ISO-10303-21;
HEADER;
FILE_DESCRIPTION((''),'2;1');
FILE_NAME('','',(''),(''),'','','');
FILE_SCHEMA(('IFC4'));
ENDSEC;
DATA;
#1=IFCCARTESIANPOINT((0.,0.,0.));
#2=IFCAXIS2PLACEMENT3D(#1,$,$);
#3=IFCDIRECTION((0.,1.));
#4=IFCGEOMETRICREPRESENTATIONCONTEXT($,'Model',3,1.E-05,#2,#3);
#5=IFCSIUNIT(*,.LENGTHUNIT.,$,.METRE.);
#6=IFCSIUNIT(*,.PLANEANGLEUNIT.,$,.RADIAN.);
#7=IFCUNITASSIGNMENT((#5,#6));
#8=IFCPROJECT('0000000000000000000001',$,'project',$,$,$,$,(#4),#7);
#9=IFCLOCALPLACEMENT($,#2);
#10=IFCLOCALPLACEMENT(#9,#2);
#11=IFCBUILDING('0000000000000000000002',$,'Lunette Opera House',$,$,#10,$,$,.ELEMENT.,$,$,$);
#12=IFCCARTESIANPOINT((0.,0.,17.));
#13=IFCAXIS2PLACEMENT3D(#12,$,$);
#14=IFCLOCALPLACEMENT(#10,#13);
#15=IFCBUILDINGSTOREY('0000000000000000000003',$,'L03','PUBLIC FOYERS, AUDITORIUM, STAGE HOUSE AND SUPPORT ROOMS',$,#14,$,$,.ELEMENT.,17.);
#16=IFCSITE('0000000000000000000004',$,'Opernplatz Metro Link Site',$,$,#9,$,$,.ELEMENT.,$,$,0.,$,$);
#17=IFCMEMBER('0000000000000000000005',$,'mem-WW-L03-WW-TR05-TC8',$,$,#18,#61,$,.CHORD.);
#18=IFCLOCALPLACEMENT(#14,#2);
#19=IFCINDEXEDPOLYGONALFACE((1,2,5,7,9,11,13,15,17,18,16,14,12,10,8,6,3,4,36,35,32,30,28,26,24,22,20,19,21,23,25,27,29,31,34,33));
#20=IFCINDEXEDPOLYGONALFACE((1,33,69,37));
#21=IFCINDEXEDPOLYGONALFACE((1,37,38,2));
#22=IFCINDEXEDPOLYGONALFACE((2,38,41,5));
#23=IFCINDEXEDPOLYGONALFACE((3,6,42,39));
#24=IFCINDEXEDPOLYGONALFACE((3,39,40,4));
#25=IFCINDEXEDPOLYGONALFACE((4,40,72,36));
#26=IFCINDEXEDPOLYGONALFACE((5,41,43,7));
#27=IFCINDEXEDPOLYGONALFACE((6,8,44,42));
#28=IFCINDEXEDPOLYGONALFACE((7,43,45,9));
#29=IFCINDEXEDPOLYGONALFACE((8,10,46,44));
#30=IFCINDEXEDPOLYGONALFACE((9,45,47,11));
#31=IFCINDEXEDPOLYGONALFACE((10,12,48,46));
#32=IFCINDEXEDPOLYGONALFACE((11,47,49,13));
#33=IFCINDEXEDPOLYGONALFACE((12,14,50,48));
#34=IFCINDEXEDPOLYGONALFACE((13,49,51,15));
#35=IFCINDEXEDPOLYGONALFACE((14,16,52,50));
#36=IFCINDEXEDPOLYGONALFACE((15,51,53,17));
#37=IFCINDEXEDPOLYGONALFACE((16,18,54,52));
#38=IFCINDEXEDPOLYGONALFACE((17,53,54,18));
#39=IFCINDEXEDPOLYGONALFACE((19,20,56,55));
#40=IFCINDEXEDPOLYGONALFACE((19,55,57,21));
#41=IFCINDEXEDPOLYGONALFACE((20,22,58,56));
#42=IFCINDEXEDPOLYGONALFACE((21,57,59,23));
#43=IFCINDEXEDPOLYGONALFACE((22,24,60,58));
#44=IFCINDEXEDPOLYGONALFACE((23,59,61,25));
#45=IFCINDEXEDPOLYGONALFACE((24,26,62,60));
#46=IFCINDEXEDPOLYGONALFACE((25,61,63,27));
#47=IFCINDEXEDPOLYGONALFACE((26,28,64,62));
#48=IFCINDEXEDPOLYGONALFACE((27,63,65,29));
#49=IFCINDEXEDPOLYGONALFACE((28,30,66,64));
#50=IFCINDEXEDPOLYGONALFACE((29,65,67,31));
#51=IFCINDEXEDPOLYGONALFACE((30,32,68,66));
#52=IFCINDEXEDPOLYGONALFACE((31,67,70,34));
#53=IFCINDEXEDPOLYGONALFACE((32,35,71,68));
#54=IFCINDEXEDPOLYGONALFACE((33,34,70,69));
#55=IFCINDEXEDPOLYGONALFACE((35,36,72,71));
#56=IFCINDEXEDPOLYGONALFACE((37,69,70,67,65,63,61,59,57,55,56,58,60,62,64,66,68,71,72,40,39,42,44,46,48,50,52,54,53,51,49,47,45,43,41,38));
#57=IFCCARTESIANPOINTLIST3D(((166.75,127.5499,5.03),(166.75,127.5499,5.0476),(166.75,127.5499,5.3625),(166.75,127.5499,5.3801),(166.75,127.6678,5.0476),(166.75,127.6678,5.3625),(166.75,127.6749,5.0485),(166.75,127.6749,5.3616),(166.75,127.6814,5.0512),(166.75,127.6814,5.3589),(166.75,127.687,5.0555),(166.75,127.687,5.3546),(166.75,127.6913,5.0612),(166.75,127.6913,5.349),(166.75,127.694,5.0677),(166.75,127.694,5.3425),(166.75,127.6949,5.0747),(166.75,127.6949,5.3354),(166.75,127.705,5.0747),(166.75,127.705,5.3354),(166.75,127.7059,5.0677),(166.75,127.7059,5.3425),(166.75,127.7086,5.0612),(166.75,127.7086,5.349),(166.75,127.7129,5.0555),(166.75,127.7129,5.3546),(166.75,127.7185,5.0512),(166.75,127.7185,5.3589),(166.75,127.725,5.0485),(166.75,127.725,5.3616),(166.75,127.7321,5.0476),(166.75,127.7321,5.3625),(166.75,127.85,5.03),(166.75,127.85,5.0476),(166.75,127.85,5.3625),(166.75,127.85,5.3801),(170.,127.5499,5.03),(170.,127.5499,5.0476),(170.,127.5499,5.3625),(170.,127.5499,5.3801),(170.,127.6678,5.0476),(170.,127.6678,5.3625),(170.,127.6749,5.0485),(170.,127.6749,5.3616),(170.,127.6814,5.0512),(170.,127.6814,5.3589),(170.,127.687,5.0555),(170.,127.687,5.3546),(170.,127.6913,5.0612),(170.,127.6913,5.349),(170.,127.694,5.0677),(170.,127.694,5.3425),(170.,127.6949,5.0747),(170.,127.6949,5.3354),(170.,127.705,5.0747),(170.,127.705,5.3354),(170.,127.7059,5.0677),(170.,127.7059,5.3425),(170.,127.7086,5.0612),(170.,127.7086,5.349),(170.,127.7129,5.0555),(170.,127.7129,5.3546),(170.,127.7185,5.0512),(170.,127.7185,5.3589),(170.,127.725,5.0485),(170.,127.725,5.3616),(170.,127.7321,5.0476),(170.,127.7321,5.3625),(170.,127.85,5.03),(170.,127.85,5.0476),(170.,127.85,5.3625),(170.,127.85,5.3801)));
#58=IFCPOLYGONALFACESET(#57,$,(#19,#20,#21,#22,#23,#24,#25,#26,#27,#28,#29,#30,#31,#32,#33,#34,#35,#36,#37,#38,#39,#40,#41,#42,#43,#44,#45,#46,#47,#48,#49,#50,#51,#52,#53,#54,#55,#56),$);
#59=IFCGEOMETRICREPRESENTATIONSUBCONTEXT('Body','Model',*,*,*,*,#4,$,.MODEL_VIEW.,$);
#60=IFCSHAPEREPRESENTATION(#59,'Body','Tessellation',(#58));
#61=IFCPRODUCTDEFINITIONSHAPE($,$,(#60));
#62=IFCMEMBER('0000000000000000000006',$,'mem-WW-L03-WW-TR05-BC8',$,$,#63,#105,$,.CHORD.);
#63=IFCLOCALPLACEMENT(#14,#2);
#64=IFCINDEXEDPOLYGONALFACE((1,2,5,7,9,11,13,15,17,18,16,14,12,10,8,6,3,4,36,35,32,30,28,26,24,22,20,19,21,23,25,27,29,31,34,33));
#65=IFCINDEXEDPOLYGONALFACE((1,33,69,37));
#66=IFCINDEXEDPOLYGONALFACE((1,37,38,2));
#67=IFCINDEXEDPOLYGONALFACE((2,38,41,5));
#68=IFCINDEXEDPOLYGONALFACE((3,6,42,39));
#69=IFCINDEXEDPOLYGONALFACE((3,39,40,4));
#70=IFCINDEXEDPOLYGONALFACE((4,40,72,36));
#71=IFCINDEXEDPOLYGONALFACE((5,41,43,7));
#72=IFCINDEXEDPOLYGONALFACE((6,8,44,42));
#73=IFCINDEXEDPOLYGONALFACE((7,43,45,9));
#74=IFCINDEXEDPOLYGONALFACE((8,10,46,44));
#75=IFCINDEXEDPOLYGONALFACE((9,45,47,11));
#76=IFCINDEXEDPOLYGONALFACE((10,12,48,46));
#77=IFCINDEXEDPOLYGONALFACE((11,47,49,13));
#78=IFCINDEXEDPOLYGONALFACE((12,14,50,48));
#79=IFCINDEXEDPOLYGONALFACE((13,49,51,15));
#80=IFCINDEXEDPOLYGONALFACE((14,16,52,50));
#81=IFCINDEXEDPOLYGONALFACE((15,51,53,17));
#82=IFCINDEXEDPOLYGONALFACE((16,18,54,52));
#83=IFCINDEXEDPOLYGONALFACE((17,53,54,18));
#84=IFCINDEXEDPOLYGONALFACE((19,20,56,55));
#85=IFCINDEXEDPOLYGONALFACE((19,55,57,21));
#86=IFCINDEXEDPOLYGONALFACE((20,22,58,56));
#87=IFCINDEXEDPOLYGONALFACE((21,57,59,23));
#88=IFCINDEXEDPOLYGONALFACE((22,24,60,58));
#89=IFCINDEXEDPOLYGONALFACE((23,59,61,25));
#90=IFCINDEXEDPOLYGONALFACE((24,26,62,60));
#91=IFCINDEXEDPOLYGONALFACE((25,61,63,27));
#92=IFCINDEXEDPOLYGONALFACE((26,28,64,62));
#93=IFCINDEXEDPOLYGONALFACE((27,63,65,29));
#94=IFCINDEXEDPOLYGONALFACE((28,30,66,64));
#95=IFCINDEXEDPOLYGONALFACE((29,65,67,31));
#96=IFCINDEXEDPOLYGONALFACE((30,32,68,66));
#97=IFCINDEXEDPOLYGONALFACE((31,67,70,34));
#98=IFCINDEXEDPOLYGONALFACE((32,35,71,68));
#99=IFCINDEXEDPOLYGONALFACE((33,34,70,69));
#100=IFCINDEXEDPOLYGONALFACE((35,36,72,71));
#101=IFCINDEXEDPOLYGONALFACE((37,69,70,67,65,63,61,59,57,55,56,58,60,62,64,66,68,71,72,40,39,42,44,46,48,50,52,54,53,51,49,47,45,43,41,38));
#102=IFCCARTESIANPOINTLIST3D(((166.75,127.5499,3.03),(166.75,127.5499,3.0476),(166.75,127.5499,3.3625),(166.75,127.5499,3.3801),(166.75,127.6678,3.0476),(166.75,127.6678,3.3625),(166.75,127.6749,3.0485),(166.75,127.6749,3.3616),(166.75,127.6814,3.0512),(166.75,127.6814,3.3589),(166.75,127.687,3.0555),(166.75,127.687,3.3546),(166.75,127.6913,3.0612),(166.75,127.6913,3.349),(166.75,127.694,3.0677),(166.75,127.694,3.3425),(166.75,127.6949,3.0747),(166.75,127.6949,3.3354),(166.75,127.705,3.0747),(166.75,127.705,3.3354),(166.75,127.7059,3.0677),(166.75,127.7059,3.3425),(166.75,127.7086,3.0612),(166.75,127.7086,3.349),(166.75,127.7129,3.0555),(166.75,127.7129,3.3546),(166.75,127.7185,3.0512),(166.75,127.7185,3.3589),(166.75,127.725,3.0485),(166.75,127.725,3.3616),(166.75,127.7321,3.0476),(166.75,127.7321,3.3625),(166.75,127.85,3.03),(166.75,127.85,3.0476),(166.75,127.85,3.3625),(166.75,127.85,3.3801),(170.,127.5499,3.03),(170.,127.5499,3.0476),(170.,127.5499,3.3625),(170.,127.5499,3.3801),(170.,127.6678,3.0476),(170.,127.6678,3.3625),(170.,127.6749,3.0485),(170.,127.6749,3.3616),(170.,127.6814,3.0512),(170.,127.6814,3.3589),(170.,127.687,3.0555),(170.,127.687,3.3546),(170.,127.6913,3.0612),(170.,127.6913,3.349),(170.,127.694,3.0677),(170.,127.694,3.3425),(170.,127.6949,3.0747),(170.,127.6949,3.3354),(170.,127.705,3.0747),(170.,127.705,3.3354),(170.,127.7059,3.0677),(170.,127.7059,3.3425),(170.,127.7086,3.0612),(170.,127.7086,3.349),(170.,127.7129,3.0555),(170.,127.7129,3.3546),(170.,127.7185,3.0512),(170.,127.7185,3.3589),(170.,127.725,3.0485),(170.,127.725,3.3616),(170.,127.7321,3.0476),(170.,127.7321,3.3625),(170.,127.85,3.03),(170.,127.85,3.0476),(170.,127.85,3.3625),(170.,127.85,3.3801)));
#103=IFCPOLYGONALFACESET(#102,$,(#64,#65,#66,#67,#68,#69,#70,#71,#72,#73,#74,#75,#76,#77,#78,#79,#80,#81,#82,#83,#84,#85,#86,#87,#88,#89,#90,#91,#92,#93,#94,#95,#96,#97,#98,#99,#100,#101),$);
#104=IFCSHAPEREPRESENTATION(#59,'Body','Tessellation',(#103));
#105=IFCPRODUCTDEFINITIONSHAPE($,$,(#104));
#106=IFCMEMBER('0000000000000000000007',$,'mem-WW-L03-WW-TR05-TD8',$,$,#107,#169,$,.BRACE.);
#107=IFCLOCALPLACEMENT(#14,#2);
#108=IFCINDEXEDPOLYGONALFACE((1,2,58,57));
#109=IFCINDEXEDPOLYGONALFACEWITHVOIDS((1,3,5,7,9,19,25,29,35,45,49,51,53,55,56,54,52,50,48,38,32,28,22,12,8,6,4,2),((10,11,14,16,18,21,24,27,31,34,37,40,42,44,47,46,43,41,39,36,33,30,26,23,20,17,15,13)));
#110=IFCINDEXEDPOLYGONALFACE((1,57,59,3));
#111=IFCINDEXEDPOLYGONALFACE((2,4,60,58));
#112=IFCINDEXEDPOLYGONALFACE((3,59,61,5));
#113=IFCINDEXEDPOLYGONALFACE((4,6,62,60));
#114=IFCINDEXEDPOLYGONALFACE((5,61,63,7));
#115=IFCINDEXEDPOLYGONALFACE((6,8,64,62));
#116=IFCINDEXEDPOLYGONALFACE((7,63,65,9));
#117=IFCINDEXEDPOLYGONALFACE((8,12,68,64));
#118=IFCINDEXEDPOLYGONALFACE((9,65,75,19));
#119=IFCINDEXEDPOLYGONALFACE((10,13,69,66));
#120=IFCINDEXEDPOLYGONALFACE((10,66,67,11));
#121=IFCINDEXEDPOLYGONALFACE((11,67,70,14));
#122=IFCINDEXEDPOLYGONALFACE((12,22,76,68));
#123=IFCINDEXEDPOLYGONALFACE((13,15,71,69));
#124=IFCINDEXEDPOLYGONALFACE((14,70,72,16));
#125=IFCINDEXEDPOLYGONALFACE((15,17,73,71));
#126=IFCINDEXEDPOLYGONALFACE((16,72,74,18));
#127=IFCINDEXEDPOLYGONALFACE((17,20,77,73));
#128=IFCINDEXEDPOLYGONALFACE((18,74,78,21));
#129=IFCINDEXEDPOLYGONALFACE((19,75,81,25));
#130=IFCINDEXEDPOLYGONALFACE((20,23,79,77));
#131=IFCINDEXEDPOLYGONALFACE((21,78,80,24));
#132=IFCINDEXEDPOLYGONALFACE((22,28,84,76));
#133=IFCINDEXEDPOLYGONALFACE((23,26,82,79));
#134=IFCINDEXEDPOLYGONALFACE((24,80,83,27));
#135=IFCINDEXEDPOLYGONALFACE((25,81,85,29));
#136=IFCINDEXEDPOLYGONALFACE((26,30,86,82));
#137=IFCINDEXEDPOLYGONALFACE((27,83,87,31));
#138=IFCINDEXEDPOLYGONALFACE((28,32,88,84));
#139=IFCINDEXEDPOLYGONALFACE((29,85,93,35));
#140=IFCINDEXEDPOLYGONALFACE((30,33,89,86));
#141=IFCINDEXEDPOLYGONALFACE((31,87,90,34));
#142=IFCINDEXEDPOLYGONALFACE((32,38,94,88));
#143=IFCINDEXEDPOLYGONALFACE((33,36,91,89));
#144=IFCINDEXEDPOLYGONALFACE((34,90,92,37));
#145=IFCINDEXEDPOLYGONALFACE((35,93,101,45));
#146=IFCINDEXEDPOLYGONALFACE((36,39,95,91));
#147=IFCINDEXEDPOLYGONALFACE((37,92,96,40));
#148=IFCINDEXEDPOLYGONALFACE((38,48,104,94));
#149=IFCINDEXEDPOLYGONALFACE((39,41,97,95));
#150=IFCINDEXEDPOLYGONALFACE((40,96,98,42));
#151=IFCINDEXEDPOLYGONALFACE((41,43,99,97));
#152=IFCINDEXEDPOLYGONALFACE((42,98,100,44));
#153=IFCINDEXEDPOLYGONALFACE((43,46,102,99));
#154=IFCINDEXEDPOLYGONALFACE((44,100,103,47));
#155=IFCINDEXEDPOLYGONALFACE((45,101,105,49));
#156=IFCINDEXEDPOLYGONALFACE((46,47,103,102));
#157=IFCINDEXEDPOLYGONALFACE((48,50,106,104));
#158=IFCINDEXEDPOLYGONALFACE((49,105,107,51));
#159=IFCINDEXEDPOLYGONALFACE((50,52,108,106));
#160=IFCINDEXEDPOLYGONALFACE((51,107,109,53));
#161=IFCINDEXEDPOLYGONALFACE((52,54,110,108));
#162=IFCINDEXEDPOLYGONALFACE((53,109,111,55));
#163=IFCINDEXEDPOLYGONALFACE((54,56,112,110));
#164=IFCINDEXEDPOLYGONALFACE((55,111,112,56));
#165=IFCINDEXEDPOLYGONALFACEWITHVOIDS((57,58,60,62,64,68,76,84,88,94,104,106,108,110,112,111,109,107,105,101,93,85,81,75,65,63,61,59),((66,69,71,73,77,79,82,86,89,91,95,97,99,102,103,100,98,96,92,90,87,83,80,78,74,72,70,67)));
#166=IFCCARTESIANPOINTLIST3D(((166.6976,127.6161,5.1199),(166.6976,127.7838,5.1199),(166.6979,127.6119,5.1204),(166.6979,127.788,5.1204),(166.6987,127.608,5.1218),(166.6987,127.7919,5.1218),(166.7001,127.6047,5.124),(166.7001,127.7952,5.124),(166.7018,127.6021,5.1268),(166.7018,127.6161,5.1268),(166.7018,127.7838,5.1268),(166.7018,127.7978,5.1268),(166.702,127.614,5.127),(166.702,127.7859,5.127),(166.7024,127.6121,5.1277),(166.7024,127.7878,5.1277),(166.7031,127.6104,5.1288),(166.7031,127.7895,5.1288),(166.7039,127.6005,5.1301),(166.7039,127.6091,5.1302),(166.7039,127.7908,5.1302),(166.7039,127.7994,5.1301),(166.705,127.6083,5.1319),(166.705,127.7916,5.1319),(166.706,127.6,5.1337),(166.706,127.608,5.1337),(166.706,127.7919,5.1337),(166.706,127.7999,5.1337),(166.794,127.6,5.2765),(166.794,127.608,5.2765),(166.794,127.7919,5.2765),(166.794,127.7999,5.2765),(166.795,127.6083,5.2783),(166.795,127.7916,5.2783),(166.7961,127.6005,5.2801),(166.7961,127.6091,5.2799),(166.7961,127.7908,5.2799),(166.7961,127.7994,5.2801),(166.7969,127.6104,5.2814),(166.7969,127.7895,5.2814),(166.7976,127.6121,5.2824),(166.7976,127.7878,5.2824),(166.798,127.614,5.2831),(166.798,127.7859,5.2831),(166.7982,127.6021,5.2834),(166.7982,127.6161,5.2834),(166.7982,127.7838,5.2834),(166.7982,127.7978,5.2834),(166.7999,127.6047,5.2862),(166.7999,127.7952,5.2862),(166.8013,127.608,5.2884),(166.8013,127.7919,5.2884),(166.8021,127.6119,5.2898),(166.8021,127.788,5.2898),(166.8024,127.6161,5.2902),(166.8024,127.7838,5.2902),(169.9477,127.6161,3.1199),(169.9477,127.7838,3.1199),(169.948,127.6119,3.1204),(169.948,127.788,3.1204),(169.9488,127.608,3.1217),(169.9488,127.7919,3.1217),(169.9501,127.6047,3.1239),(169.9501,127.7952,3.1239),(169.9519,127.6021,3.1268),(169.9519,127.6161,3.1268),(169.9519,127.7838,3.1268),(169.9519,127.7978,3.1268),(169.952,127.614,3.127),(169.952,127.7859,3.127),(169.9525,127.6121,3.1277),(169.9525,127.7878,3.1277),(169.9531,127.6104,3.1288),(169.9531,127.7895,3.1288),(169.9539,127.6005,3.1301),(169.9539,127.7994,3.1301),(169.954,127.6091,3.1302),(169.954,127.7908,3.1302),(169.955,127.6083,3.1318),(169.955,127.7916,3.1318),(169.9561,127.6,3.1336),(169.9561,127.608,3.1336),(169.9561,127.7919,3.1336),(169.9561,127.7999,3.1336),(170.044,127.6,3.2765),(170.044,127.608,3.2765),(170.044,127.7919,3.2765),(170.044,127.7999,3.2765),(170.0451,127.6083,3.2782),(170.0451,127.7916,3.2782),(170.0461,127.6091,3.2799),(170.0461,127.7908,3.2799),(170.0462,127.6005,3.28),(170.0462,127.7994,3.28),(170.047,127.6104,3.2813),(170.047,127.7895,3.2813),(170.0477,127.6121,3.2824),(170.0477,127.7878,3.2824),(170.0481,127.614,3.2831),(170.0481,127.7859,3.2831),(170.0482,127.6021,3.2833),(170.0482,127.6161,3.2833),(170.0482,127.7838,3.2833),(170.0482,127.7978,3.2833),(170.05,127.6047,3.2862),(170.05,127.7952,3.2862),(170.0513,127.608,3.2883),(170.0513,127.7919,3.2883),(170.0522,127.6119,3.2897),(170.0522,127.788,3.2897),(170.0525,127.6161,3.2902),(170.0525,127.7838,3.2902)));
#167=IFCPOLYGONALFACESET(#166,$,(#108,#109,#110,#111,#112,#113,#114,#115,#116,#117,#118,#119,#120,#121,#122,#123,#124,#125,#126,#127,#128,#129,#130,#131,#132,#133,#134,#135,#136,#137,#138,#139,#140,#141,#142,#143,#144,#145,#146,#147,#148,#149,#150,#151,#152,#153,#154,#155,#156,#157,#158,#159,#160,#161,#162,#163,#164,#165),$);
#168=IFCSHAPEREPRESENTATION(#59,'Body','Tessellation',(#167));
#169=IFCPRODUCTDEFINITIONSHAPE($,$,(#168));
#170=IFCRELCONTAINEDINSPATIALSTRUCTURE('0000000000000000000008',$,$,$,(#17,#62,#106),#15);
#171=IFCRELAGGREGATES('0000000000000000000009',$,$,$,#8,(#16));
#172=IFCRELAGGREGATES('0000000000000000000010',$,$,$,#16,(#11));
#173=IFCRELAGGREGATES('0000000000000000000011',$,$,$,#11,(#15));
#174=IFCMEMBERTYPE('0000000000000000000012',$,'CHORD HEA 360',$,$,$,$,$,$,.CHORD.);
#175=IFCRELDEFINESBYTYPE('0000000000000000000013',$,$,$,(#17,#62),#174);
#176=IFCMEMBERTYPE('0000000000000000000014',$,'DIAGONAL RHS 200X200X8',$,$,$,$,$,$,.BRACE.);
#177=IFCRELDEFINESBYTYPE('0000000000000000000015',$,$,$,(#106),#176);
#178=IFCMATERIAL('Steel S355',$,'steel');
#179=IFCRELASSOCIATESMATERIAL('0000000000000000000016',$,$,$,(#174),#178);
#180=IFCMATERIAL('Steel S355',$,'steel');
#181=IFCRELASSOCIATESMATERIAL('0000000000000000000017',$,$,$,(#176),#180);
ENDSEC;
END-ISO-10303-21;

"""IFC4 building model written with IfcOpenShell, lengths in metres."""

from ifc_helpers import new_model, si_unit, direction, frame, origin, origin_2d, place, context, subcontext, project, spatial, hollow_rectangle, i_section, extrude, material, material_profile, profile_set, type_object, element, save


model = new_model("IFC4")

# Units and contexts
model_context = context("Model", 3, precision=1e-05, world=origin(), true_north=direction((0.0, 1.0)))
body_context = subcontext(model_context, "Body", "Model", "MODEL_VIEW")
ifc_project = project(units=[si_unit("LENGTHUNIT", "METRE"), si_unit("PLANEANGLEUNIT", "RADIAN")], contexts=[model_context])

# Site, building, storey
site_placement = place(None, origin())
site = spatial("IfcSite", under=ifc_project, at=site_placement, Name="Opernplatz Metro Link Site", CompositionType="ELEMENT", RefElevation=0.0)
building_placement = place(site_placement, origin())
building = spatial("IfcBuilding", under=site, at=building_placement, Name="Lunette Opera House", CompositionType="ELEMENT")
storey_placement = place(building_placement, frame((0.0, 0.0, 17.0)))
storey = spatial("IfcBuildingStorey", under=building, at=storey_placement, Name="L03", Description="PUBLIC FOYERS, AUDITORIUM, STAGE HOUSE AND SUPPORT ROOMS", CompositionType="ELEMENT", Elevation=17.0)

# Members
ifc_material_1 = material(Name="Steel S355", Category="steel")
ifc_material_profile_1 = material_profile(ifc_material_1, i_section(OverallWidth=0.3, OverallDepth=0.3501, WebThickness=0.01, FlangeThickness=0.0176, FilletRadius=0.0271, at=origin_2d()), Name="HEA 360")
ifc_profile_set_1 = profile_set([ifc_material_profile_1], Name="Steel S355")
member_type_1 = type_object("IfcMemberType", Name="CHORD HEA 360", PredefinedType="CHORD", material=ifc_profile_set_1)
for number, where, z_axis, x_axis, name in (
    (1, (166.75, 127.7, 5.2051), (1.0, 0.0, 0.0), (0.0, 1.0, 0.0), "mem-WW-L03-WW-TR05-TC8"),
    (2, (166.75, 127.7, 3.2051), (1.0, 0.0, 0.0), (0.0, 1.0, 0.0), "mem-WW-L03-WW-TR05-BC8"),
):
    element("IfcMember", number, at=place(storey_placement, frame(where, z_axis=z_axis, x_axis=x_axis)), inside=storey, type_object=member_type_1, Name=name, PredefinedType="CHORD", context=body_context, shape_type="SweptSolid", body=[
        extrude(i_section(OverallWidth=0.3, OverallDepth=0.3501, WebThickness=0.01, FlangeThickness=0.0176, FilletRadius=0.0271, at=origin_2d()), origin(), (0.0, 0.0, 1.0), 3.25),
    ])
ifc_material_2 = material(Name="Steel S355", Category="steel")
ifc_material_profile_2 = material_profile(ifc_material_2, hollow_rectangle(XDim=0.2, YDim=0.2, WallThickness=0.0081, InnerFilletRadius=0.0081, OuterFilletRadius=0.0161, at=origin_2d()), Name="RHS 200X200X8")
ifc_profile_set_2 = profile_set([ifc_material_profile_2], Name="Steel S355")
member_type_2 = type_object("IfcMemberType", Name="DIAGONAL RHS 200X200X8", PredefinedType="BRACE", material=ifc_profile_set_2)
member_1_placement = place(storey_placement, frame((166.75, 127.7, 5.2051), z_axis=(0.851658, 0.0, -0.524097), x_axis=(0.0, 1.0, 0.0)))
element("IfcMember", 3, at=member_1_placement, inside=storey, type_object=member_type_2, Name="mem-WW-L03-WW-TR05-TD8", PredefinedType="BRACE", context=body_context, shape_type="SweptSolid", body=[
    extrude(hollow_rectangle(XDim=0.2, YDim=0.2, WallThickness=0.0081, InnerFilletRadius=0.0081, OuterFilletRadius=0.0161, at=origin_2d()), origin(), (0.0, 0.0, 1.0), 3.8162),
])

save(model, "model.ifc")
